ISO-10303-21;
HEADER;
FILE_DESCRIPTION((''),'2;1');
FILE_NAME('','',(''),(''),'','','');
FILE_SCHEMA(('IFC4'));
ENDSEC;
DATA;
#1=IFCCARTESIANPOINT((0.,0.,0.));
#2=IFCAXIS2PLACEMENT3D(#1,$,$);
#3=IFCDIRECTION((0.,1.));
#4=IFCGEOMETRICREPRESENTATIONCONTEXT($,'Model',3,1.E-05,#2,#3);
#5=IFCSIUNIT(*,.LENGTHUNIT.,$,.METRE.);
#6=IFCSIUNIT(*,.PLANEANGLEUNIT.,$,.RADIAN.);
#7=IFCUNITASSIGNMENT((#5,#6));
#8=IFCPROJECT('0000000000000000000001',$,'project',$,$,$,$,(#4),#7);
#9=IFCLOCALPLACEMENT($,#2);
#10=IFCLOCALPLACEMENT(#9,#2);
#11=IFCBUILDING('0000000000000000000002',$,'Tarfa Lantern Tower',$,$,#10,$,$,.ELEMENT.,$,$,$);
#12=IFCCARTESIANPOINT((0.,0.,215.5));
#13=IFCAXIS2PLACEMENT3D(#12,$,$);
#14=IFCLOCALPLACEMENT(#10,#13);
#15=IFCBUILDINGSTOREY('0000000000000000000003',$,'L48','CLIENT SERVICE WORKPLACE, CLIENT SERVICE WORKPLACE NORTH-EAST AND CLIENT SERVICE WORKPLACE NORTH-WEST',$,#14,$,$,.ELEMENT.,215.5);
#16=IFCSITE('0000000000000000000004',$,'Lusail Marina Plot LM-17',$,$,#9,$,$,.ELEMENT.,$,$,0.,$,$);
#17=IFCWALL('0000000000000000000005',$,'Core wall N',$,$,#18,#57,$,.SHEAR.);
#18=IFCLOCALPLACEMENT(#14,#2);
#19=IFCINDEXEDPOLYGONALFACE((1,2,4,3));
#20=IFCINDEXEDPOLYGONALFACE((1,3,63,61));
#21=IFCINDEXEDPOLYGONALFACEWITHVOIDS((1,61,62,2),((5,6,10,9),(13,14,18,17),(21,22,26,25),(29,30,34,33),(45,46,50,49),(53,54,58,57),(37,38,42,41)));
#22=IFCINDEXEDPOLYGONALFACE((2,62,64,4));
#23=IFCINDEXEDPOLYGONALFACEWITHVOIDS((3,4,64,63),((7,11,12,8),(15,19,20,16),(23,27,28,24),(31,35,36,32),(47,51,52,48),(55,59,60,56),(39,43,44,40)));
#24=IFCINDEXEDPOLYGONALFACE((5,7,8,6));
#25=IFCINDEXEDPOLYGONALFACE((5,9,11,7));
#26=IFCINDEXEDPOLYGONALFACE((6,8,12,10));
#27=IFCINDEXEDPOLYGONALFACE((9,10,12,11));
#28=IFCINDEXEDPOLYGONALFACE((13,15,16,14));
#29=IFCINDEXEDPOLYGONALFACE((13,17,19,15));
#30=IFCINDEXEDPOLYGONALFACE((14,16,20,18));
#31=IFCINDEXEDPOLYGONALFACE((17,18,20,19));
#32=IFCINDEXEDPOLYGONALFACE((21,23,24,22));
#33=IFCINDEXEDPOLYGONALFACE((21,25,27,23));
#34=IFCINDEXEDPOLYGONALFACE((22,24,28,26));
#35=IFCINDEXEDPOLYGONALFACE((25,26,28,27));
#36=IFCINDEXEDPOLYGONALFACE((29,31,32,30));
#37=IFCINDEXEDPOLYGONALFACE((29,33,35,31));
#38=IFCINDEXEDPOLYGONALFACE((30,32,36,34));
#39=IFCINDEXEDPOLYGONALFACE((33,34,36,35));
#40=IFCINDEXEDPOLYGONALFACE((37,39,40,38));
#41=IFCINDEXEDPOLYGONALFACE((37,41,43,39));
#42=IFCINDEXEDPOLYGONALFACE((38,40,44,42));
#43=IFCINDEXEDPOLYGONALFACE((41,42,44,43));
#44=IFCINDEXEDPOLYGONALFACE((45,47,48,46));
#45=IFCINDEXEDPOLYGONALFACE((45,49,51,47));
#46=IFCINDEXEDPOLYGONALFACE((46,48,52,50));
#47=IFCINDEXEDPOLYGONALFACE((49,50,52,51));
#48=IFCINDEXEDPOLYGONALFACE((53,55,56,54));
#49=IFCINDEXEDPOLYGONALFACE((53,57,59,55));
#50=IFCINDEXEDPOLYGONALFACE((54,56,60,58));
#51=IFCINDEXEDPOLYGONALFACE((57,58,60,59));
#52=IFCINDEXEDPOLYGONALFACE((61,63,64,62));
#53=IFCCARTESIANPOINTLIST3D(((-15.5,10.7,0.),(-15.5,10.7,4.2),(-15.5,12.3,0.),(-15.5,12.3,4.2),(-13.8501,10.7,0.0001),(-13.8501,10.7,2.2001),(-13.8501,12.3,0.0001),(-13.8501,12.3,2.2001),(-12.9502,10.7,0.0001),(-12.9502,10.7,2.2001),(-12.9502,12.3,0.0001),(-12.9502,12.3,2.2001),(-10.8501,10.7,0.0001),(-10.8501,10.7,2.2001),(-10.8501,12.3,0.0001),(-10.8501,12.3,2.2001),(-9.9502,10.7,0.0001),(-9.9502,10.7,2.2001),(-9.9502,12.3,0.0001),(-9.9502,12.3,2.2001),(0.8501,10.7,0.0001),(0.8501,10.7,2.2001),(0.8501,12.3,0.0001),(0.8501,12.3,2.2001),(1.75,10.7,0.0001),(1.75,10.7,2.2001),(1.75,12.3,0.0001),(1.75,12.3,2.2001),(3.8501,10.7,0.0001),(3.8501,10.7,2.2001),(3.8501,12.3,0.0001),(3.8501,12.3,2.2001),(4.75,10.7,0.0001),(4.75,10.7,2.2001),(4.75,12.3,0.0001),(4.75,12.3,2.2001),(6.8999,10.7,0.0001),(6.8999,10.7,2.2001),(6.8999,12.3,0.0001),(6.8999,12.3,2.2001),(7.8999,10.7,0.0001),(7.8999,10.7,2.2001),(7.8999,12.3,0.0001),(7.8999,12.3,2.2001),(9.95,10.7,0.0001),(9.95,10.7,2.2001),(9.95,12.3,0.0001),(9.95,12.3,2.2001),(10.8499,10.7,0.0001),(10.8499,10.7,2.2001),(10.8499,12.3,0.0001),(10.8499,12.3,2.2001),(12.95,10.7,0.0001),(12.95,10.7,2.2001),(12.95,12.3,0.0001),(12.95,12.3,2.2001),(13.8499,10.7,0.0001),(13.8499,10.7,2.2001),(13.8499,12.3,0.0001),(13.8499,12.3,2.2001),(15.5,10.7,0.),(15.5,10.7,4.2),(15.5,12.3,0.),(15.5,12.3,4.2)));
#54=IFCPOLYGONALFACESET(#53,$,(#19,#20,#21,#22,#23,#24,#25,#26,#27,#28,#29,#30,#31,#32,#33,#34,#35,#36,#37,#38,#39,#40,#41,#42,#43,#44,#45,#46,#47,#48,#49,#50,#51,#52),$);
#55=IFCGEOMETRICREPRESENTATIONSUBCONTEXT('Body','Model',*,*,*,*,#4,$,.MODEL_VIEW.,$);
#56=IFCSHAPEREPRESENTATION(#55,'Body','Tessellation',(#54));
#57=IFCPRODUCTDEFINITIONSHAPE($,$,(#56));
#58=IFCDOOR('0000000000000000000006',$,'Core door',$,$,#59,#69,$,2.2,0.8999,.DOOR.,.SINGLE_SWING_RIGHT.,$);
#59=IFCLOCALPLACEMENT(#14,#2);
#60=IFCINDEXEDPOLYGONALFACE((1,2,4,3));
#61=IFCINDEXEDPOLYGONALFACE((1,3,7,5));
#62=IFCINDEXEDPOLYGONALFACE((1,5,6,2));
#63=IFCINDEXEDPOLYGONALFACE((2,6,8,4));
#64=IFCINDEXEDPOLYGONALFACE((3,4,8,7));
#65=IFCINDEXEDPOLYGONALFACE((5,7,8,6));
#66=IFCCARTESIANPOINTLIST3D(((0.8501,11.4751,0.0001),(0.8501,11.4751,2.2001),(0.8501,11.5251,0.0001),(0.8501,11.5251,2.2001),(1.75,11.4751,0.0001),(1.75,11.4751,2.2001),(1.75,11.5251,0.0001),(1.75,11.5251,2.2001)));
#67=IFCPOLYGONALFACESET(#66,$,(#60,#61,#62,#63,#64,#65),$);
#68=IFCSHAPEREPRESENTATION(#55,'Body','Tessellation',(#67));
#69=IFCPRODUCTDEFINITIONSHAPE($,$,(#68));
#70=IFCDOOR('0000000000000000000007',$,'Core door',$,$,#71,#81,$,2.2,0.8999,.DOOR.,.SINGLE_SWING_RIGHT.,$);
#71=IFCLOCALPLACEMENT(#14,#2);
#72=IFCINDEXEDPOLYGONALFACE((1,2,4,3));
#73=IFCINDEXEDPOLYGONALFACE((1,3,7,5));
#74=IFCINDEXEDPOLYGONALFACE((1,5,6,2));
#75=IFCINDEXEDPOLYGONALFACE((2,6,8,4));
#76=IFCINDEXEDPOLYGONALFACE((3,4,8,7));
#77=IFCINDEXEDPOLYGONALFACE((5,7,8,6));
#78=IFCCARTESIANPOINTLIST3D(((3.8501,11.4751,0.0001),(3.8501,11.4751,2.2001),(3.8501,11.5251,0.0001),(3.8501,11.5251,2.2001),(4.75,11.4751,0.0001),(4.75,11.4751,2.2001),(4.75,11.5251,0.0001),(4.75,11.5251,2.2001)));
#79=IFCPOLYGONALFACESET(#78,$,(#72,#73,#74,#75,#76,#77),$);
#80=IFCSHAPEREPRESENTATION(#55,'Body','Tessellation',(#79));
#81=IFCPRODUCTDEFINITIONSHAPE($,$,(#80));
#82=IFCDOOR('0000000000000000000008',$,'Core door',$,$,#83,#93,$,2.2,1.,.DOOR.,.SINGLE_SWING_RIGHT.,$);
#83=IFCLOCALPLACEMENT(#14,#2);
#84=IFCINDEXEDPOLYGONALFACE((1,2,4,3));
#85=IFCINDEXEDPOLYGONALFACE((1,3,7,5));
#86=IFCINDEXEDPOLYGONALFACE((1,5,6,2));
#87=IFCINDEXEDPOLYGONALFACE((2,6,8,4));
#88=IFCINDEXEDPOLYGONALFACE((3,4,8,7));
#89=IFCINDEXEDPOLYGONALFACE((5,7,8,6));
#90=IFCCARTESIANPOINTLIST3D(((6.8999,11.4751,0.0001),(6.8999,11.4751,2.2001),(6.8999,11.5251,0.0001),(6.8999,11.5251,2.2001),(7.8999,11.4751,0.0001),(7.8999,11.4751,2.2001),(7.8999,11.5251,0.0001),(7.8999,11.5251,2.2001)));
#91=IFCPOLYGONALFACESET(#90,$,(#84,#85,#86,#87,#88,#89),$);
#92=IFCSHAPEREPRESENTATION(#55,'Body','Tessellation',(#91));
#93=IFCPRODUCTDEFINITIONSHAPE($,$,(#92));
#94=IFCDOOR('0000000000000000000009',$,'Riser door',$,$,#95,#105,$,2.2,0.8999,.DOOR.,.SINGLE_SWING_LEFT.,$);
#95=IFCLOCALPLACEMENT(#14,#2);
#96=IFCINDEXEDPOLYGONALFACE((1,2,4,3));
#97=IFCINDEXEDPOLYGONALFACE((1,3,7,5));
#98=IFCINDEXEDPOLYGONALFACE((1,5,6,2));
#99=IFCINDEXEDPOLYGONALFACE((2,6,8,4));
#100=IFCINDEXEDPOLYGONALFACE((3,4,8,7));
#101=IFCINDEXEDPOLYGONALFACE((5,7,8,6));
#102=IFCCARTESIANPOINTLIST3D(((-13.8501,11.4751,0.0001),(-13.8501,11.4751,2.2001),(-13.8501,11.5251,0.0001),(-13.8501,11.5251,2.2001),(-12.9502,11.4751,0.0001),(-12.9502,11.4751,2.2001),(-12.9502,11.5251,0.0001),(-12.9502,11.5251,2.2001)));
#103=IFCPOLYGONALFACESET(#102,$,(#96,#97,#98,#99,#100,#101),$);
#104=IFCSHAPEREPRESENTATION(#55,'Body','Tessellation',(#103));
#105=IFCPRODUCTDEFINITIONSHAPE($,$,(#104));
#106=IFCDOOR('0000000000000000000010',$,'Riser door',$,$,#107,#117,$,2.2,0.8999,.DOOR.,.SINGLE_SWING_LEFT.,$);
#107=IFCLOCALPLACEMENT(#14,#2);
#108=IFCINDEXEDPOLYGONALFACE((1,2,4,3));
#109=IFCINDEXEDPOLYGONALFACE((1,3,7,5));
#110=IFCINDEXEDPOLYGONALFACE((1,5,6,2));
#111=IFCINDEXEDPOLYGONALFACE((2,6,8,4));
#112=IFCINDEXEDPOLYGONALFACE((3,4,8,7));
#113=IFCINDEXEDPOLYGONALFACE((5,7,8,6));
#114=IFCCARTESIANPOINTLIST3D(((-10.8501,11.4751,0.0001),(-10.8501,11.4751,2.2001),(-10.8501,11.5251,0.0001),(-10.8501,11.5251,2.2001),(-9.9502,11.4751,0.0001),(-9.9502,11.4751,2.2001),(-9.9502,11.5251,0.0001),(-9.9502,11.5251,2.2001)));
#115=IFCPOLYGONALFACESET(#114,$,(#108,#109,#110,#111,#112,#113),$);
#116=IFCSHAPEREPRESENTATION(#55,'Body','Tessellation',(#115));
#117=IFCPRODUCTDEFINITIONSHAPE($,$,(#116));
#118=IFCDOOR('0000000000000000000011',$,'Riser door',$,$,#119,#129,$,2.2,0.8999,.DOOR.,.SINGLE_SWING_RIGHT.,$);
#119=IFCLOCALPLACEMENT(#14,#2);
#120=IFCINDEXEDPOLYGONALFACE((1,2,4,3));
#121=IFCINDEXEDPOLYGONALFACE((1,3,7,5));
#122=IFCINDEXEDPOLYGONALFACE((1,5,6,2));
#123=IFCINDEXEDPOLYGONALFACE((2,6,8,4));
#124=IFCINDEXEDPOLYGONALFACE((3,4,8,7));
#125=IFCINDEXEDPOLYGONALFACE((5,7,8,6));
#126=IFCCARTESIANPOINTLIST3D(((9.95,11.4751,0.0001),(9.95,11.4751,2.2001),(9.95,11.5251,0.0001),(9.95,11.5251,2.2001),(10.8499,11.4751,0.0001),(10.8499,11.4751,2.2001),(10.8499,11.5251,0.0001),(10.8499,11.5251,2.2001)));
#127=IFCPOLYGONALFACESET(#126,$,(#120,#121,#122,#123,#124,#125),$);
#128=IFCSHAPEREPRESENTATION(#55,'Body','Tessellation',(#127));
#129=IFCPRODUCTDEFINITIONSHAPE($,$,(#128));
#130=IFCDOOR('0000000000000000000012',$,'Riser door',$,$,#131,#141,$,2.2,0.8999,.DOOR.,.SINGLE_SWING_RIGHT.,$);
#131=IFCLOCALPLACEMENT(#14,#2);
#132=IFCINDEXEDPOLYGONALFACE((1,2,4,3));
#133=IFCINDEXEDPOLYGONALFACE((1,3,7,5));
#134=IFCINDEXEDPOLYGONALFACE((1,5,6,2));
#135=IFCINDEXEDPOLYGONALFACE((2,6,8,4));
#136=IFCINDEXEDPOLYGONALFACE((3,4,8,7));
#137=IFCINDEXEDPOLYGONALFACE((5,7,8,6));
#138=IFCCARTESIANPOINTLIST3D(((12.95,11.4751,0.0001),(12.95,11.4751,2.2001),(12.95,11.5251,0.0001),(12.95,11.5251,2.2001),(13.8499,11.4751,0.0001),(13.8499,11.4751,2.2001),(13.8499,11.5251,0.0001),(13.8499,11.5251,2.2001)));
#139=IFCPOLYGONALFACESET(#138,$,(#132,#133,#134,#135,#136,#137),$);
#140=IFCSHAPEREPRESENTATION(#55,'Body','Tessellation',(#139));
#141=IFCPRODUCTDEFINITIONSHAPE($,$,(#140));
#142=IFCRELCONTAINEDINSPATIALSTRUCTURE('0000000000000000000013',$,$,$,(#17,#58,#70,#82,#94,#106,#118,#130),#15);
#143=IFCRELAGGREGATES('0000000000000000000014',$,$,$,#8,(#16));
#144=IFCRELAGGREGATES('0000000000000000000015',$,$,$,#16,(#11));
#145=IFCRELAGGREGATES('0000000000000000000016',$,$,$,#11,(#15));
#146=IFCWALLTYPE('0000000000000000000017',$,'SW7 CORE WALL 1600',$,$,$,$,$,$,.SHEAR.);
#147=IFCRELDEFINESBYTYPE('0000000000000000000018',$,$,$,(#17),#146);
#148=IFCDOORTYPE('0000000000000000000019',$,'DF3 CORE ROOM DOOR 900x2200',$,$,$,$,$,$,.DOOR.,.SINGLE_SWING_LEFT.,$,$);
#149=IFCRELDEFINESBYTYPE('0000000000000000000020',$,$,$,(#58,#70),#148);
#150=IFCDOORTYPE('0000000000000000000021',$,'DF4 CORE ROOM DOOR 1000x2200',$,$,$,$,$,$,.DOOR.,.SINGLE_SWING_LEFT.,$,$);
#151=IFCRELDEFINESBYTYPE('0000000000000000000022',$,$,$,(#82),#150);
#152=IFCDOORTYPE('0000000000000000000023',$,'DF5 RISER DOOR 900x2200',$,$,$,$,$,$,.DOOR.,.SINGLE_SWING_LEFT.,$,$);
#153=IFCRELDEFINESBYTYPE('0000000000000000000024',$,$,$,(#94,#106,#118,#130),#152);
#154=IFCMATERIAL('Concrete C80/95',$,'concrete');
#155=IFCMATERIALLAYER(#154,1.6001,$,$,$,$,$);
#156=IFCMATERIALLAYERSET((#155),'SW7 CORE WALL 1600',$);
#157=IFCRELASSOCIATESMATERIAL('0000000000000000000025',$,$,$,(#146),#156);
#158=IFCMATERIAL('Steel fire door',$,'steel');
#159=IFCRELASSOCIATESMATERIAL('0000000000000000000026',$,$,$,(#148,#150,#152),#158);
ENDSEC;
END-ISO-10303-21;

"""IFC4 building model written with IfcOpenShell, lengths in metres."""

from ifc_helpers import new_model, si_unit, direction, frame, frame_2d, origin, place, context, subcontext, project, spatial, rectangle, extrude, material, layer, layer_set, type_object, element, fill, save


model = new_model("IFC4")

# Units and contexts
model_context = context("Model", 3, precision=1e-05, world=origin(), true_north=direction((0.0, 1.0)))
body_context = subcontext(model_context, "Body", "Model", "MODEL_VIEW")
ifc_project = project(units=[si_unit("LENGTHUNIT", "METRE"), si_unit("PLANEANGLEUNIT", "RADIAN")], contexts=[model_context])

# Site, building, storey
site_placement = place(None, origin())
site = spatial("IfcSite", under=ifc_project, at=site_placement, Name="Lusail Marina Plot LM-17", CompositionType="ELEMENT", RefElevation=0.0)
building_placement = place(site_placement, origin())
building = spatial("IfcBuilding", under=site, at=building_placement, Name="Tarfa Lantern Tower", CompositionType="ELEMENT")
storey_placement = place(building_placement, frame((0.0, 0.0, 215.5)))
storey = spatial("IfcBuildingStorey", under=building, at=storey_placement, Name="L48", Description="CLIENT SERVICE WORKPLACE, CLIENT SERVICE WORKPLACE NORTH-EAST AND CLIENT SERVICE WORKPLACE NORTH-WEST", CompositionType="ELEMENT", Elevation=215.5)

# Shared definitions
ifc_material_1 = material(Name="Concrete C80/95", Category="concrete")
ifc_material_2 = material(Name="Steel fire door", Category="steel")

# Wall, openings, doors
ifc_layer_1 = layer(ifc_material_1, 1.6001)
ifc_layer_set_1 = layer_set([ifc_layer_1], Name="SW7 CORE WALL 1600")
wall_type_1 = type_object("IfcWallType", Name="SW7 CORE WALL 1600", PredefinedType="SHEAR", material=ifc_layer_set_1)
wall_1_placement = place(storey_placement, frame((-15.5, 11.5, 0.0), z_axis=(0.0, 0.0, 1.0), x_axis=(1.0, 0.0, 0.0)))
wall_1 = element("IfcWall", 1, at=wall_1_placement, inside=storey, type_object=wall_type_1, Name="Core wall N", PredefinedType="SHEAR", context=body_context, shape_type="SweptSolid", body=[
    extrude(rectangle(XDim=31.0, YDim=1.6001, at=frame_2d((15.5, 0.0))), origin(), (0.0, 0.0, 1.0), 4.2),
])
opening_1_placement = place(wall_1_placement, frame((16.3501, 0.0, 0.0)))
opening_1 = element("IfcOpeningElement", 2, at=opening_1_placement, cuts=wall_1, PredefinedType="OPENING", context=body_context, shape_type="SweptSolid", body=[
    extrude(rectangle(XDim=0.8999, YDim=2.2, at=frame_2d((0.45, 1.1001))), frame((0.0, 0.8101, 0.0), z_axis=(0.0, -1.0, 0.0), x_axis=(1.0, 0.0, 0.0)), (0.0, 0.0, 1.0), 1.6201),
])
opening_2_placement = place(wall_1_placement, frame((19.3501, 0.0, 0.0)))
opening_2 = element("IfcOpeningElement", 3, at=opening_2_placement, cuts=wall_1, PredefinedType="OPENING", context=body_context, shape_type="SweptSolid", body=[
    extrude(rectangle(XDim=0.8999, YDim=2.2, at=frame_2d((0.45, 1.1001))), frame((0.0, 0.8101, 0.0), z_axis=(0.0, -1.0, 0.0), x_axis=(1.0, 0.0, 0.0)), (0.0, 0.0, 1.0), 1.6201),
])
opening_3_placement = place(wall_1_placement, frame((22.3999, 0.0, 0.0)))
opening_3 = element("IfcOpeningElement", 4, at=opening_3_placement, cuts=wall_1, PredefinedType="OPENING", context=body_context, shape_type="SweptSolid", body=[
    extrude(rectangle(XDim=1.0, YDim=2.2, at=frame_2d((0.5, 1.1001))), frame((0.0, 0.8101, 0.0), z_axis=(0.0, -1.0, 0.0), x_axis=(1.0, 0.0, 0.0)), (0.0, 0.0, 1.0), 1.6201),
])
opening_4_placement = place(wall_1_placement, frame((1.6499, 0.0, 0.0)))
opening_4 = element("IfcOpeningElement", 5, at=opening_4_placement, cuts=wall_1, PredefinedType="OPENING", context=body_context, shape_type="SweptSolid", body=[
    extrude(rectangle(XDim=0.8999, YDim=2.2, at=frame_2d((0.45, 1.1001))), frame((0.0, 0.8101, 0.0), z_axis=(0.0, -1.0, 0.0), x_axis=(1.0, 0.0, 0.0)), (0.0, 0.0, 1.0), 1.6201),
])
opening_5_placement = place(wall_1_placement, frame((4.6499, 0.0, 0.0)))
opening_5 = element("IfcOpeningElement", 6, at=opening_5_placement, cuts=wall_1, PredefinedType="OPENING", context=body_context, shape_type="SweptSolid", body=[
    extrude(rectangle(XDim=0.8999, YDim=2.2, at=frame_2d((0.45, 1.1001))), frame((0.0, 0.8101, 0.0), z_axis=(0.0, -1.0, 0.0), x_axis=(1.0, 0.0, 0.0)), (0.0, 0.0, 1.0), 1.6201),
])
opening_6_placement = place(wall_1_placement, frame((25.45, 0.0, 0.0)))
opening_6 = element("IfcOpeningElement", 7, at=opening_6_placement, cuts=wall_1, PredefinedType="OPENING", context=body_context, shape_type="SweptSolid", body=[
    extrude(rectangle(XDim=0.8999, YDim=2.2, at=frame_2d((0.45, 1.1001))), frame((0.0, 0.8101, 0.0), z_axis=(0.0, -1.0, 0.0), x_axis=(1.0, 0.0, 0.0)), (0.0, 0.0, 1.0), 1.6201),
])
opening_7_placement = place(wall_1_placement, frame((28.45, 0.0, 0.0)))
opening_7 = element("IfcOpeningElement", 8, at=opening_7_placement, cuts=wall_1, PredefinedType="OPENING", context=body_context, shape_type="SweptSolid", body=[
    extrude(rectangle(XDim=0.8999, YDim=2.2, at=frame_2d((0.45, 1.1001))), frame((0.0, 0.8101, 0.0), z_axis=(0.0, -1.0, 0.0), x_axis=(1.0, 0.0, 0.0)), (0.0, 0.0, 1.0), 1.6201),
])
door_type_1 = type_object("IfcDoorType", Name="DF3 CORE ROOM DOOR 900x2200", OperationType="SINGLE_SWING_LEFT", PredefinedType="DOOR", material=ifc_material_2)
door_1_placement = place(opening_1_placement, frame((0.8999, 0.0, 0.0), z_axis=(0.0, 0.0, 1.0), x_axis=(-1.0, 0.0, 0.0)))
door_1 = element("IfcDoor", 9, at=door_1_placement, inside=storey, type_object=door_type_1, Name="Core door", OperationType="SINGLE_SWING_RIGHT", OverallHeight=2.2, OverallWidth=0.8999, PredefinedType="DOOR", context=body_context, shape_type="SweptSolid", body=[
    extrude(rectangle(XDim=0.8999, YDim=2.2, at=frame_2d((0.45, 1.1001))), frame((0.0, 0.0249, 0.0), z_axis=(0.0, -1.0, 0.0), x_axis=(1.0, 0.0, 0.0)), (0.0, 0.0, 1.0), 0.05),
])
fill(opening_1, door_1)
door_2_placement = place(opening_2_placement, frame((0.8999, 0.0, 0.0), z_axis=(0.0, 0.0, 1.0), x_axis=(-1.0, 0.0, 0.0)))
door_2 = element("IfcDoor", 10, at=door_2_placement, inside=storey, type_object=door_type_1, Name="Core door", OperationType="SINGLE_SWING_RIGHT", OverallHeight=2.2, OverallWidth=0.8999, PredefinedType="DOOR", context=body_context, shape_type="SweptSolid", body=[
    extrude(rectangle(XDim=0.8999, YDim=2.2, at=frame_2d((0.45, 1.1001))), frame((0.0, 0.0249, 0.0), z_axis=(0.0, -1.0, 0.0), x_axis=(1.0, 0.0, 0.0)), (0.0, 0.0, 1.0), 0.05),
])
fill(opening_2, door_2)
door_type_2 = type_object("IfcDoorType", Name="DF4 CORE ROOM DOOR 1000x2200", OperationType="SINGLE_SWING_LEFT", PredefinedType="DOOR", material=ifc_material_2)
door_3_placement = place(opening_3_placement, frame((1.0, 0.0, 0.0), z_axis=(0.0, 0.0, 1.0), x_axis=(-1.0, 0.0, 0.0)))
door_3 = element("IfcDoor", 11, at=door_3_placement, inside=storey, type_object=door_type_2, Name="Core door", OperationType="SINGLE_SWING_RIGHT", OverallHeight=2.2, OverallWidth=1.0, PredefinedType="DOOR", context=body_context, shape_type="SweptSolid", body=[
    extrude(rectangle(XDim=1.0, YDim=2.2, at=frame_2d((0.5, 1.1001))), frame((0.0, 0.0249, 0.0), z_axis=(0.0, -1.0, 0.0), x_axis=(1.0, 0.0, 0.0)), (0.0, 0.0, 1.0), 0.05),
])
fill(opening_3, door_3)
door_type_3 = type_object("IfcDoorType", Name="DF5 RISER DOOR 900x2200", OperationType="SINGLE_SWING_LEFT", PredefinedType="DOOR", material=ifc_material_2)
door_4_placement = place(opening_4_placement, frame((0.8999, 0.0, 0.0), z_axis=(0.0, 0.0, 1.0), x_axis=(-1.0, 0.0, 0.0)))
door_4 = element("IfcDoor", 12, at=door_4_placement, inside=storey, type_object=door_type_3, Name="Riser door", OperationType="SINGLE_SWING_LEFT", OverallHeight=2.2, OverallWidth=0.8999, PredefinedType="DOOR", context=body_context, shape_type="SweptSolid", body=[
    extrude(rectangle(XDim=0.8999, YDim=2.2, at=frame_2d((0.45, 1.1001))), frame((0.0, 0.0249, 0.0), z_axis=(0.0, -1.0, 0.0), x_axis=(1.0, 0.0, 0.0)), (0.0, 0.0, 1.0), 0.05),
])
fill(opening_4, door_4)
door_5_placement = place(opening_5_placement, frame((0.8999, 0.0, 0.0), z_axis=(0.0, 0.0, 1.0), x_axis=(-1.0, 0.0, 0.0)))
door_5 = element("IfcDoor", 13, at=door_5_placement, inside=storey, type_object=door_type_3, Name="Riser door", OperationType="SINGLE_SWING_LEFT", OverallHeight=2.2, OverallWidth=0.8999, PredefinedType="DOOR", context=body_context, shape_type="SweptSolid", body=[
    extrude(rectangle(XDim=0.8999, YDim=2.2, at=frame_2d((0.45, 1.1001))), frame((0.0, 0.0249, 0.0), z_axis=(0.0, -1.0, 0.0), x_axis=(1.0, 0.0, 0.0)), (0.0, 0.0, 1.0), 0.05),
])
fill(opening_5, door_5)
door_6_placement = place(opening_6_placement, frame((0.8999, 0.0, 0.0), z_axis=(0.0, 0.0, 1.0), x_axis=(-1.0, 0.0, 0.0)))
door_6 = element("IfcDoor", 14, at=door_6_placement, inside=storey, type_object=door_type_3, Name="Riser door", OperationType="SINGLE_SWING_RIGHT", OverallHeight=2.2, OverallWidth=0.8999, PredefinedType="DOOR", context=body_context, shape_type="SweptSolid", body=[
    extrude(rectangle(XDim=0.8999, YDim=2.2, at=frame_2d((0.45, 1.1001))), frame((0.0, 0.0249, 0.0), z_axis=(0.0, -1.0, 0.0), x_axis=(1.0, 0.0, 0.0)), (0.0, 0.0, 1.0), 0.05),
])
fill(opening_6, door_6)
door_7_placement = place(opening_7_placement, frame((0.8999, 0.0, 0.0), z_axis=(0.0, 0.0, 1.0), x_axis=(-1.0, 0.0, 0.0)))
door_7 = element("IfcDoor", 15, at=door_7_placement, inside=storey, type_object=door_type_3, Name="Riser door", OperationType="SINGLE_SWING_RIGHT", OverallHeight=2.2, OverallWidth=0.8999, PredefinedType="DOOR", context=body_context, shape_type="SweptSolid", body=[
    extrude(rectangle(XDim=0.8999, YDim=2.2, at=frame_2d((0.45, 1.1001))), frame((0.0, 0.0249, 0.0), z_axis=(0.0, -1.0, 0.0), x_axis=(1.0, 0.0, 0.0)), (0.0, 0.0, 1.0), 0.05),
])
fill(opening_7, door_7)

save(model, "model.ifc")
